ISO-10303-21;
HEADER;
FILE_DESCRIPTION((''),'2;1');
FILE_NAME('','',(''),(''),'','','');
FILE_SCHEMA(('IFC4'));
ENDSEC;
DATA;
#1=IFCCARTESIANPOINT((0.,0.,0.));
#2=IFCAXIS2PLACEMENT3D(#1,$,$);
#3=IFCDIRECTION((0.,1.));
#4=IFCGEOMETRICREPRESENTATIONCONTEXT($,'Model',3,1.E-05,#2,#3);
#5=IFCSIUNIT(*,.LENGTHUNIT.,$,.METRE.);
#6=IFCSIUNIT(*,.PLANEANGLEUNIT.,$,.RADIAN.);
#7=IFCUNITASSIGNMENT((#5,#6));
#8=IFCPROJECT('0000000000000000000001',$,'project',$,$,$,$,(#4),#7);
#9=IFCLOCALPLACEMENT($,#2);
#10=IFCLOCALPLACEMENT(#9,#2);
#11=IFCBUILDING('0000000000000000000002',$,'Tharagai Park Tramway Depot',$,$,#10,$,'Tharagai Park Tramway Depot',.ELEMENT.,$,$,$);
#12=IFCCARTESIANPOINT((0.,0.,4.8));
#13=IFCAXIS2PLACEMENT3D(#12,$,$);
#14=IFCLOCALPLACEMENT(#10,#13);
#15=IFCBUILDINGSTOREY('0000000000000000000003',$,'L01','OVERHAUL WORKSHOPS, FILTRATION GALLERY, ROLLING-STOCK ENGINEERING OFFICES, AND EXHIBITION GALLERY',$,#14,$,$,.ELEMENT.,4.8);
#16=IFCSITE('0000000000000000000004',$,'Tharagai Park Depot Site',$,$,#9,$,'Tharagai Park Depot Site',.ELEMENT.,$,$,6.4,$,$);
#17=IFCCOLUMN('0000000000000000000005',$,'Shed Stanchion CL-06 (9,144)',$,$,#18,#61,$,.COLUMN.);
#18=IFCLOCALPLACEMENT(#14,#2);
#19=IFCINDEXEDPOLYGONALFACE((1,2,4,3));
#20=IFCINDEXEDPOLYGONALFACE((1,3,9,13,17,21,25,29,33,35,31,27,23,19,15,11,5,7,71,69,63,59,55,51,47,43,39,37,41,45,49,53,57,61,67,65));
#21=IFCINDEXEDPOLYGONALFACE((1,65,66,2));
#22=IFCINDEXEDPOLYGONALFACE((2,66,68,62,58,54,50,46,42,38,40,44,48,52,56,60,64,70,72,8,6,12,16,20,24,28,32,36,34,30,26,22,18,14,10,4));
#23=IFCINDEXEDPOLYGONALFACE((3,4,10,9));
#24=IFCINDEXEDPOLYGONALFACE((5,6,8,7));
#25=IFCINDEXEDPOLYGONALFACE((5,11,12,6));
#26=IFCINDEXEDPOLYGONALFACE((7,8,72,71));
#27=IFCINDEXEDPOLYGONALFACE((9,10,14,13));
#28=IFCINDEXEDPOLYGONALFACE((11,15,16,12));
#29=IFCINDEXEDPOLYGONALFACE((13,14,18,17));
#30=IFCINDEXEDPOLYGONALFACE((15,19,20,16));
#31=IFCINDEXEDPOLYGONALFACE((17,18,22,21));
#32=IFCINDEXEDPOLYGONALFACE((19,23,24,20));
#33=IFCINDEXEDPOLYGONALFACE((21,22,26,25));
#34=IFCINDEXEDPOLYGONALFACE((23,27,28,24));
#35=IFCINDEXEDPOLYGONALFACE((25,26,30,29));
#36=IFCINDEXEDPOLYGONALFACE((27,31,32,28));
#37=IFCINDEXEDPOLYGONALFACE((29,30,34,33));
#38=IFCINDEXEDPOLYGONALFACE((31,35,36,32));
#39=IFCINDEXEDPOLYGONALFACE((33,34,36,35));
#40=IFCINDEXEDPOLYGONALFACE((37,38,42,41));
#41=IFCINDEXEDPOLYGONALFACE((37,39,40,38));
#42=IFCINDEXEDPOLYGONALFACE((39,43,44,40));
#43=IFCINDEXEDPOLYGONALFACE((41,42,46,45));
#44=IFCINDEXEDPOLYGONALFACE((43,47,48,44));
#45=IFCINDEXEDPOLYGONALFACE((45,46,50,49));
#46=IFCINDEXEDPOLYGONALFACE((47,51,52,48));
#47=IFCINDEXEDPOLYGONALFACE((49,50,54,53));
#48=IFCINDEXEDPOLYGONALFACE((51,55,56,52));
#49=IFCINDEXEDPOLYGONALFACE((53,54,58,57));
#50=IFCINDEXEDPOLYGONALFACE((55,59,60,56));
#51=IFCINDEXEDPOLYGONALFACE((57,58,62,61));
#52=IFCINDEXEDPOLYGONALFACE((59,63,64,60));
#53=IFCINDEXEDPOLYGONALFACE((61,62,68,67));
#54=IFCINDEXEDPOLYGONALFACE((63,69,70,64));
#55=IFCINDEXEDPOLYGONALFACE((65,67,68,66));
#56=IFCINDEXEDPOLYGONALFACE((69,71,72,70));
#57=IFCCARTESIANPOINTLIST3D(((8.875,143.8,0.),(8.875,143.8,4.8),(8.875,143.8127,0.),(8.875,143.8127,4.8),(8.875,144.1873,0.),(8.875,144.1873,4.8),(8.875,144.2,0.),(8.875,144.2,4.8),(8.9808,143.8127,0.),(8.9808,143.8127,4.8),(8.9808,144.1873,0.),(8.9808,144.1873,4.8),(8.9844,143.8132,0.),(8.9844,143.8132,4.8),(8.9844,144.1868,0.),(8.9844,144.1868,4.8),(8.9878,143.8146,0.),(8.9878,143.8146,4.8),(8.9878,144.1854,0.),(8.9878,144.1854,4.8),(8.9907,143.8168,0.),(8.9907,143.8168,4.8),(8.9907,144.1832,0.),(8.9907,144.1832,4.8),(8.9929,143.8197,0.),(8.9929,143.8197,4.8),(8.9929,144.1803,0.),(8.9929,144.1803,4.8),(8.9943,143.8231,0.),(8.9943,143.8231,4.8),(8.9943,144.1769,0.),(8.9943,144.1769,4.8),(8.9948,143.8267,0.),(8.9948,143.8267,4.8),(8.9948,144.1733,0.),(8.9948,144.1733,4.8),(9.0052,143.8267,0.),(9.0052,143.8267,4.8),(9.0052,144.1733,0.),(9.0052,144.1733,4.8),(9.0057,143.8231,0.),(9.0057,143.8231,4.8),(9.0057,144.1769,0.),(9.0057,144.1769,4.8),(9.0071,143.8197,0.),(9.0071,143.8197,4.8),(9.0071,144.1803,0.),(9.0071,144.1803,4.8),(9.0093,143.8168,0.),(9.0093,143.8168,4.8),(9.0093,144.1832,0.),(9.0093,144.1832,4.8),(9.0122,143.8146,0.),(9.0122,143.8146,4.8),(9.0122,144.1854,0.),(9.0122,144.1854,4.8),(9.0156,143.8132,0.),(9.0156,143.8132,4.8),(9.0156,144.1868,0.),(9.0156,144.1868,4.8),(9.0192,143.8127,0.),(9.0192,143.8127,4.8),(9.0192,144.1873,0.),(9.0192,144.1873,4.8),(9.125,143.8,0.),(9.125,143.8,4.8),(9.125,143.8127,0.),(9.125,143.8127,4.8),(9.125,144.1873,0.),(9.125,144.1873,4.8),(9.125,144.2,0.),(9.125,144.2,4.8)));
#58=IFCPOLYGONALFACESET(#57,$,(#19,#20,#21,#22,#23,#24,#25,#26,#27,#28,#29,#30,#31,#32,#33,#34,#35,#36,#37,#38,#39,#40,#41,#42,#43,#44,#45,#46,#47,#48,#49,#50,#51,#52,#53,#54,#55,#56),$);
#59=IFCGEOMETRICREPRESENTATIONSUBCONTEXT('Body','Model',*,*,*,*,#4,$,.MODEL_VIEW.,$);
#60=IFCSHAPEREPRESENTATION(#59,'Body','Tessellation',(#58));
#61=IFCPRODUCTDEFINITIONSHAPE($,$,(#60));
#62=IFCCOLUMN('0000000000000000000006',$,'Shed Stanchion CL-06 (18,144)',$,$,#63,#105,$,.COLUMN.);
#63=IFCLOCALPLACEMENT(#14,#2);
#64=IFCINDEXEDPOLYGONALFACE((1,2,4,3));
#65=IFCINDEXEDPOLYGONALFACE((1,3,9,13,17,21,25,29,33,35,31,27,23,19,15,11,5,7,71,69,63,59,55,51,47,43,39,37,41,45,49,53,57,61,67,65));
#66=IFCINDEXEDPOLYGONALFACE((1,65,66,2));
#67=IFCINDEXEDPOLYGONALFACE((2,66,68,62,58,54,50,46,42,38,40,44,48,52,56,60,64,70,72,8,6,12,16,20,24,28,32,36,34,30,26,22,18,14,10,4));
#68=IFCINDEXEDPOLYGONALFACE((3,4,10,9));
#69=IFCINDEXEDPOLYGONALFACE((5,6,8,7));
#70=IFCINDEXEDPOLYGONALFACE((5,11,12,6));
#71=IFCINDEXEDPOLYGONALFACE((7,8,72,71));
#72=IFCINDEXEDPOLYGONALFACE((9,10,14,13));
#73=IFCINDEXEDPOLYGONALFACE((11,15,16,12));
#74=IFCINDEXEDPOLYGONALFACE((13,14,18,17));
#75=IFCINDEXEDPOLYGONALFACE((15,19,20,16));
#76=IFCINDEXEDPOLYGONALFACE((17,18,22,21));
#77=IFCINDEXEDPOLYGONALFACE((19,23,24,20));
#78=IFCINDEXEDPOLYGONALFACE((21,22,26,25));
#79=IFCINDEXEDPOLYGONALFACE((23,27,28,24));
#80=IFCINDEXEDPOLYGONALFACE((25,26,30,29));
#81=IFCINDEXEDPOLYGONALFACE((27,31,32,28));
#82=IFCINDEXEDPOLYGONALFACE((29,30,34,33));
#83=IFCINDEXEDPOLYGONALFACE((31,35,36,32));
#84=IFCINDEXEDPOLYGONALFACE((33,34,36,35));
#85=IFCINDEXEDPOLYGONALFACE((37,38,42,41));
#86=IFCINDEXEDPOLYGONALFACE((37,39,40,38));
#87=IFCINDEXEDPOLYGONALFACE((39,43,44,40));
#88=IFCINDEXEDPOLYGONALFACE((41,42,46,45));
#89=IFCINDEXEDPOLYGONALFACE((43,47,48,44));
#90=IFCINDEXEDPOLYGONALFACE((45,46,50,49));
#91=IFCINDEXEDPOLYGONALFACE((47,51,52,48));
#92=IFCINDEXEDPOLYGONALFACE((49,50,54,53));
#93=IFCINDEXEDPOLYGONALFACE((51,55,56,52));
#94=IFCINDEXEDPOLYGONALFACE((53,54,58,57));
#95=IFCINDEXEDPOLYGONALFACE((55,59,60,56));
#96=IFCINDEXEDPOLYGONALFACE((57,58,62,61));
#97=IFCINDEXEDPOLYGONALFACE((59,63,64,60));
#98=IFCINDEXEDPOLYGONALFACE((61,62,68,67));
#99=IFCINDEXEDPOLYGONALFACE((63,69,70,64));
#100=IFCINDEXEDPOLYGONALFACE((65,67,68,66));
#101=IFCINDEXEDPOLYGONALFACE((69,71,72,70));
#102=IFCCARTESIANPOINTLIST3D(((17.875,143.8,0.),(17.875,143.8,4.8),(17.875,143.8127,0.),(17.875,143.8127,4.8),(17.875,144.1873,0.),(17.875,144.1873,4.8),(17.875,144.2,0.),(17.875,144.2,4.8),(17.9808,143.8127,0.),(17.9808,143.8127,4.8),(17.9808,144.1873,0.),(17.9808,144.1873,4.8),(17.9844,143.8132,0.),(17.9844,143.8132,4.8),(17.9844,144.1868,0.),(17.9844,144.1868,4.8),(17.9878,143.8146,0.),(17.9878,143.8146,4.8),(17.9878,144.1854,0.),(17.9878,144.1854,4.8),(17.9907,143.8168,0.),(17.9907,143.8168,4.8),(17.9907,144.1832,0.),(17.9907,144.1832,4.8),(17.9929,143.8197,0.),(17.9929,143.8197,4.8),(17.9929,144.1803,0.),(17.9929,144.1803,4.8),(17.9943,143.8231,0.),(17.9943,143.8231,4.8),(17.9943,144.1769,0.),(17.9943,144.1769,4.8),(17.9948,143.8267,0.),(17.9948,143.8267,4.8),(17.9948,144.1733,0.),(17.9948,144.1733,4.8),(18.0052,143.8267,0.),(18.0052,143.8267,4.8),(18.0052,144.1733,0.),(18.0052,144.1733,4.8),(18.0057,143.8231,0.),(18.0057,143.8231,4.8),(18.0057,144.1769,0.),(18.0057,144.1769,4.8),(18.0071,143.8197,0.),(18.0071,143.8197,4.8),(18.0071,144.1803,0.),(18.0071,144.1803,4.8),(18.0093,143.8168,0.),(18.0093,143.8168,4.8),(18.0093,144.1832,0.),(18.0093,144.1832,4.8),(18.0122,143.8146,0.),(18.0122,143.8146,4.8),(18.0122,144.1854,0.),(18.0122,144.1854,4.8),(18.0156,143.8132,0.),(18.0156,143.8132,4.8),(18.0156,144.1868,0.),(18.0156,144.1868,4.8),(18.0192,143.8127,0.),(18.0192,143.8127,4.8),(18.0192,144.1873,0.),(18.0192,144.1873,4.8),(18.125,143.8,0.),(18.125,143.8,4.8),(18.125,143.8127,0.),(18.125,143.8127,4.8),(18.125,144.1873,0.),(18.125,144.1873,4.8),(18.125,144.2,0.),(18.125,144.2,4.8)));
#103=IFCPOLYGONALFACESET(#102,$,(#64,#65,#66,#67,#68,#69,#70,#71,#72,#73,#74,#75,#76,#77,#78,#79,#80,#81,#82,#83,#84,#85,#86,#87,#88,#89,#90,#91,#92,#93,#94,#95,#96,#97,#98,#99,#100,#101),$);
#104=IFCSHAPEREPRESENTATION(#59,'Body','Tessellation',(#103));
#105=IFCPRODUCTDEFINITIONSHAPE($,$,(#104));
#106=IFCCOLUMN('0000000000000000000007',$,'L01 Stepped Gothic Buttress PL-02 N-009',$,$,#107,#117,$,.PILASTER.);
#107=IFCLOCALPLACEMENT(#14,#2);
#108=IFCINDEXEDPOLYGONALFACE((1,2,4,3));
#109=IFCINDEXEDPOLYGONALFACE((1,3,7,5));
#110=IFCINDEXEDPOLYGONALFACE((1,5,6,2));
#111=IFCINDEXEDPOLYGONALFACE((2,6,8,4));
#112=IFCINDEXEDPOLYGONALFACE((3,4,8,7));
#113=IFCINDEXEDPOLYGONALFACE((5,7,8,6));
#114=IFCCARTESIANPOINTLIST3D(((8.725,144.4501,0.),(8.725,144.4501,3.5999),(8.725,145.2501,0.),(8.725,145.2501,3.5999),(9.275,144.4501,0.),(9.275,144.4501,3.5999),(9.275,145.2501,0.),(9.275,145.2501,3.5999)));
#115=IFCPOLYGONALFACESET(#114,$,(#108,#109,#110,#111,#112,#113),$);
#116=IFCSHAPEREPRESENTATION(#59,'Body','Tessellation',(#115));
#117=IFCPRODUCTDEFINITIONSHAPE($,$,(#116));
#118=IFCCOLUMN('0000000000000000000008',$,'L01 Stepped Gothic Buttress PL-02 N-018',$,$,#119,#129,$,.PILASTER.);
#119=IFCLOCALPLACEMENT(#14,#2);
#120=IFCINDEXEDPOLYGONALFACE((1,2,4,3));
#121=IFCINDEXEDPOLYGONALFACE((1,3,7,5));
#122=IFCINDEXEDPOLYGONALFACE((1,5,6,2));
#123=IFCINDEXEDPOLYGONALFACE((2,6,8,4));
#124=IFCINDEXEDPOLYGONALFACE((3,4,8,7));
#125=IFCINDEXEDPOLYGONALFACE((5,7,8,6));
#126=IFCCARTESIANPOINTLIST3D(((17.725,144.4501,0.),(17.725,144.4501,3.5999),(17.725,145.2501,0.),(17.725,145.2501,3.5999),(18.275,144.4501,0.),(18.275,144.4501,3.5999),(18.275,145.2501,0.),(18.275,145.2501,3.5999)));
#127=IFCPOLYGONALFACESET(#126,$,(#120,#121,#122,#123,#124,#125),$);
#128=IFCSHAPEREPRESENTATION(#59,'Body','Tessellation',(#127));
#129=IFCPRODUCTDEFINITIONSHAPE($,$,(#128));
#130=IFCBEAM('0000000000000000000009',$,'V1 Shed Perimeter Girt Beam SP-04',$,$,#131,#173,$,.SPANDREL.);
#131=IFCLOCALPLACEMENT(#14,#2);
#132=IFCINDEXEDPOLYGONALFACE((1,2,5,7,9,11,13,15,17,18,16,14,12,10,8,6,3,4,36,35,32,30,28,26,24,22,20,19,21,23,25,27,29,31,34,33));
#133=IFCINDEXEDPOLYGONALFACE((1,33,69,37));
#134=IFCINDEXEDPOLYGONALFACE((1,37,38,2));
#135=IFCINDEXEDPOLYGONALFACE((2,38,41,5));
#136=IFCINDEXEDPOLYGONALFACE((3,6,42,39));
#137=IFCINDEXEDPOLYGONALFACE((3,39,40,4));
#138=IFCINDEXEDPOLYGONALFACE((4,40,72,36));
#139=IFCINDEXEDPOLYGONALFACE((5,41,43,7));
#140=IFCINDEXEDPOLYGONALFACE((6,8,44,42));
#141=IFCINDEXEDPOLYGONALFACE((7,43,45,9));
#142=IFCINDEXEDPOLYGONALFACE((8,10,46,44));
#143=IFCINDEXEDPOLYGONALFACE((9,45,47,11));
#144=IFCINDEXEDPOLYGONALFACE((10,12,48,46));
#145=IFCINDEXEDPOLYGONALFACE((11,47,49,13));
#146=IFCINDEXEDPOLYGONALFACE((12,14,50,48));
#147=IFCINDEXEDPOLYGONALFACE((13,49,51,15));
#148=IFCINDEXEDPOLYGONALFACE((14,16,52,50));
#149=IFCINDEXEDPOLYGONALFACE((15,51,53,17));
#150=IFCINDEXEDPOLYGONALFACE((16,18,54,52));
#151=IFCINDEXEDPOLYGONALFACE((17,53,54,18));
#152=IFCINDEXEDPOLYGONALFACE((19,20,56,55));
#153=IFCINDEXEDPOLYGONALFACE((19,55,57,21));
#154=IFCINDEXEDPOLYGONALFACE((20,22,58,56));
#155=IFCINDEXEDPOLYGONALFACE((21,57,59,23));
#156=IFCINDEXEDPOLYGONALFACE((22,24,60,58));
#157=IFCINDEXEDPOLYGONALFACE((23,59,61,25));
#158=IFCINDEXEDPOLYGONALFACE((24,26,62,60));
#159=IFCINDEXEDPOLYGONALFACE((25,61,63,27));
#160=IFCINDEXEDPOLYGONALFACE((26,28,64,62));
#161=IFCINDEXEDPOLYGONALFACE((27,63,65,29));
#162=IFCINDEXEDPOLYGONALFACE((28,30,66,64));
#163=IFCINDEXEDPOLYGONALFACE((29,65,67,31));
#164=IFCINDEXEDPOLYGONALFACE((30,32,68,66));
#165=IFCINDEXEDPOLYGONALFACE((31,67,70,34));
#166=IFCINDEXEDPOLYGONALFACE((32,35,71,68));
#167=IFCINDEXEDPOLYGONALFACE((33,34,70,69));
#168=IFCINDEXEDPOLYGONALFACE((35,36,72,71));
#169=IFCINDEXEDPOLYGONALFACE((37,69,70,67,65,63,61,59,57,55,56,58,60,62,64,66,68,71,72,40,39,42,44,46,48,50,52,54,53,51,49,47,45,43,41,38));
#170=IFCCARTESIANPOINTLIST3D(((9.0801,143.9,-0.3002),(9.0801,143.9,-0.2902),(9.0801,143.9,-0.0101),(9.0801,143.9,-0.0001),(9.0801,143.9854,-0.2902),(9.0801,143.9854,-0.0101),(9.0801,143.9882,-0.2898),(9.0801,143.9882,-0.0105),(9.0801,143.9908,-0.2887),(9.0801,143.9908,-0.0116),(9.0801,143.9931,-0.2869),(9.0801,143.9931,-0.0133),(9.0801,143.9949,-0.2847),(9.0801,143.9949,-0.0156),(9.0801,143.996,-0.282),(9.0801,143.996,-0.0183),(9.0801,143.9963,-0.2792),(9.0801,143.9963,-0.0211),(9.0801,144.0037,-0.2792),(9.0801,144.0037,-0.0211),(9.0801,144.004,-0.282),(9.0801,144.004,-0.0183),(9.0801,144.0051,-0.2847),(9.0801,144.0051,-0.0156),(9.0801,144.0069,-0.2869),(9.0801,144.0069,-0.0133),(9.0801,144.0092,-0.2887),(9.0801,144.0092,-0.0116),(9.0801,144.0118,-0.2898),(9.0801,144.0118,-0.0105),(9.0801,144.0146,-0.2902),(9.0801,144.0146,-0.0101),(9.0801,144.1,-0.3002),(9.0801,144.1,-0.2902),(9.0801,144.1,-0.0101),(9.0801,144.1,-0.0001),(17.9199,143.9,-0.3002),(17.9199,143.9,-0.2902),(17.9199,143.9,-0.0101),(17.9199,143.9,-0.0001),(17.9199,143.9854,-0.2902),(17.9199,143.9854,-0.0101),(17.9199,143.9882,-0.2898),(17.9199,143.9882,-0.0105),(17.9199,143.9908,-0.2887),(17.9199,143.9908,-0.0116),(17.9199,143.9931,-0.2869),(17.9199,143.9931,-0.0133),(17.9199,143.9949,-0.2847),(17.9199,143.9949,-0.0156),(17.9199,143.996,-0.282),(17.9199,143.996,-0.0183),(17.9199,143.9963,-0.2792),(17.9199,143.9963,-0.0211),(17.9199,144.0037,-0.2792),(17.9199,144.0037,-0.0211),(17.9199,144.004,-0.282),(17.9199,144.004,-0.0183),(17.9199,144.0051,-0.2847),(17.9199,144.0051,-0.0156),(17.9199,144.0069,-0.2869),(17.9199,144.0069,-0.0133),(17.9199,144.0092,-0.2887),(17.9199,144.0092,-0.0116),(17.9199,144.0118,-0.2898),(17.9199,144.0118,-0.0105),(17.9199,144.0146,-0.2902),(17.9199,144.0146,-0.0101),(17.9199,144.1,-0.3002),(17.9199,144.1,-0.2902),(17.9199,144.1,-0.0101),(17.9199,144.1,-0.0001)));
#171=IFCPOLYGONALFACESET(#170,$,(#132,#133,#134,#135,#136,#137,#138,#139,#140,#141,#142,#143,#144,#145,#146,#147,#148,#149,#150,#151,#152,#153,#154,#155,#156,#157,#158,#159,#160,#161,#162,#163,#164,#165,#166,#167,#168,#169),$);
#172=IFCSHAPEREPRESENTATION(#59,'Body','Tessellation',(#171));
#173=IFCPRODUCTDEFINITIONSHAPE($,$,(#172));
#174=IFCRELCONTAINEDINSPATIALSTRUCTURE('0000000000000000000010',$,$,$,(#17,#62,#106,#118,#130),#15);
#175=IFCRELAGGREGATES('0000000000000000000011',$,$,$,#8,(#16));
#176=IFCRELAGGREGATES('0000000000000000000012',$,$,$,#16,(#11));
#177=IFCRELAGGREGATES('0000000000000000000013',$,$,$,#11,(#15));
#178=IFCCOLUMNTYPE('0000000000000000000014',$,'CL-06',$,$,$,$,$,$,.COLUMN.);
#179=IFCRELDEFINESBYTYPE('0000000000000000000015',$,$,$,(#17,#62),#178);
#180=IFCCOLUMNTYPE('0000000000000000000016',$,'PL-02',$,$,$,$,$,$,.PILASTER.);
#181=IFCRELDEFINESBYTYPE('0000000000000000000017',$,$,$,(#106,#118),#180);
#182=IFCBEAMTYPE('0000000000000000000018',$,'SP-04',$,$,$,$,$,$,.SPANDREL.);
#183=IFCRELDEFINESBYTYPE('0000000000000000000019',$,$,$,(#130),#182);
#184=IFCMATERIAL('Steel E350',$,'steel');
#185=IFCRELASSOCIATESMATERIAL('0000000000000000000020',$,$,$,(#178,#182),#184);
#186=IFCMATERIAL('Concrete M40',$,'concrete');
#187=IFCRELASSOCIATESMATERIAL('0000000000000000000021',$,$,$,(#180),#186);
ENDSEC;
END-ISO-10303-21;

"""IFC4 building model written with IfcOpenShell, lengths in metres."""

from ifc_helpers import new_model, si_unit, direction, frame, origin, origin_2d, place, context, subcontext, project, spatial, rectangle, i_section, extrude, material, material_profile, profile_set, type_object, element, save


model = new_model("IFC4")

# Units and contexts
model_context = context("Model", 3, precision=1e-05, world=origin(), true_north=direction((0.0, 1.0)))
body_context = subcontext(model_context, "Body", "Model", "MODEL_VIEW")
ifc_project = project(units=[si_unit("LENGTHUNIT", "METRE"), si_unit("PLANEANGLEUNIT", "RADIAN")], contexts=[model_context])

# Site, building, storey
site_placement = place(None, origin())
site = spatial("IfcSite", under=ifc_project, at=site_placement, Name="Tharagai Park Depot Site", LongName="Tharagai Park Depot Site", CompositionType="ELEMENT", RefElevation=6.4)
building_placement = place(site_placement, origin())
building = spatial("IfcBuilding", under=site, at=building_placement, Name="Tharagai Park Tramway Depot", LongName="Tharagai Park Tramway Depot", CompositionType="ELEMENT")
storey_placement = place(building_placement, frame((0.0, 0.0, 4.8)))
storey = spatial("IfcBuildingStorey", under=building, at=storey_placement, Name="L01", Description="OVERHAUL WORKSHOPS, FILTRATION GALLERY, ROLLING-STOCK ENGINEERING OFFICES, AND EXHIBITION GALLERY", CompositionType="ELEMENT", Elevation=4.8)

# Columns
ifc_material_1 = material(Name="Steel E350", Category="steel")
ifc_material_profile_1 = material_profile(ifc_material_1, i_section(OverallWidth=0.25, OverallDepth=0.3999, WebThickness=0.0105, FlangeThickness=0.0127, FilletRadius=0.0139, at=origin_2d()), Name="ISHB 400")
ifc_profile_set_1 = profile_set([ifc_material_profile_1], Name="Steel E350")
column_type_1 = type_object("IfcColumnType", Name="CL-06", PredefinedType="COLUMN", material=ifc_profile_set_1)
for number, where, z_axis, x_axis, name in (
    (1, (9.0, 144.0, 0.0), (0.0, 0.0, 1.0), (1.0, 0.0, 0.0), "Shed Stanchion CL-06 (9,144)"),
    (2, (18.0, 144.0, 0.0), (0.0, 0.0, 1.0), (1.0, 0.0, 0.0), "Shed Stanchion CL-06 (18,144)"),
):
    element("IfcColumn", number, at=place(storey_placement, frame(where, z_axis=z_axis, x_axis=x_axis)), inside=storey, type_object=column_type_1, Name=name, PredefinedType="COLUMN", context=body_context, shape_type="SweptSolid", body=[
        extrude(i_section(OverallWidth=0.25, OverallDepth=0.3999, WebThickness=0.0105, FlangeThickness=0.0127, FilletRadius=0.0139, at=origin_2d()), origin(), (0.0, 0.0, 1.0), 4.8),
    ])
ifc_material_2 = material(Name="Concrete M40", Category="concrete")
ifc_material_profile_2 = material_profile(ifc_material_2, rectangle(XDim=0.55, YDim=0.8, at=origin_2d()), Name="RC 550x800")
ifc_profile_set_2 = profile_set([ifc_material_profile_2], Name="Concrete M40")
column_type_2 = type_object("IfcColumnType", Name="PL-02", PredefinedType="PILASTER", material=ifc_profile_set_2)
for number, where, z_axis, x_axis, name in (
    (3, (9.0, 144.8501, 0.0), (0.0, 0.0, 1.0), (1.0, 0.0, 0.0), "L01 Stepped Gothic Buttress PL-02 N-009"),
    (4, (18.0, 144.8501, 0.0), (0.0, 0.0, 1.0), (1.0, 0.0, 0.0), "L01 Stepped Gothic Buttress PL-02 N-018"),
):
    element("IfcColumn", number, at=place(storey_placement, frame(where, z_axis=z_axis, x_axis=x_axis)), inside=storey, type_object=column_type_2, Name=name, PredefinedType="PILASTER", context=body_context, shape_type="SweptSolid", body=[
        extrude(rectangle(XDim=0.55, YDim=0.8, at=origin_2d()), origin(), (0.0, 0.0, 1.0), 3.5999),
    ])

# Beam
ifc_material_profile_3 = material_profile(ifc_material_1, i_section(OverallWidth=0.2, OverallDepth=0.3, WebThickness=0.0073, FlangeThickness=0.01, FilletRadius=0.011, at=origin_2d()), Name="ISWB 300")
ifc_profile_set_3 = profile_set([ifc_material_profile_3], Name="Steel E350")
beam_type = type_object("IfcBeamType", Name="SP-04", PredefinedType="SPANDREL", material=ifc_profile_set_3)
for number, where, z_axis, x_axis, name in (
    (5, (9.0801, 144.0, -0.1501), (1.0, 0.0, 0.0), (0.0, 1.0, 0.0), "V1 Shed Perimeter Girt Beam SP-04"),
):
    element("IfcBeam", number, at=place(storey_placement, frame(where, z_axis=z_axis, x_axis=x_axis)), inside=storey, type_object=beam_type, Name=name, PredefinedType="SPANDREL", context=body_context, shape_type="SweptSolid", body=[
        extrude(i_section(OverallWidth=0.2, OverallDepth=0.3, WebThickness=0.0073, FlangeThickness=0.01, FilletRadius=0.011, at=origin_2d()), origin(), (0.0, 0.0, 1.0), 8.8398),
    ])

save(model, "model.ifc")
